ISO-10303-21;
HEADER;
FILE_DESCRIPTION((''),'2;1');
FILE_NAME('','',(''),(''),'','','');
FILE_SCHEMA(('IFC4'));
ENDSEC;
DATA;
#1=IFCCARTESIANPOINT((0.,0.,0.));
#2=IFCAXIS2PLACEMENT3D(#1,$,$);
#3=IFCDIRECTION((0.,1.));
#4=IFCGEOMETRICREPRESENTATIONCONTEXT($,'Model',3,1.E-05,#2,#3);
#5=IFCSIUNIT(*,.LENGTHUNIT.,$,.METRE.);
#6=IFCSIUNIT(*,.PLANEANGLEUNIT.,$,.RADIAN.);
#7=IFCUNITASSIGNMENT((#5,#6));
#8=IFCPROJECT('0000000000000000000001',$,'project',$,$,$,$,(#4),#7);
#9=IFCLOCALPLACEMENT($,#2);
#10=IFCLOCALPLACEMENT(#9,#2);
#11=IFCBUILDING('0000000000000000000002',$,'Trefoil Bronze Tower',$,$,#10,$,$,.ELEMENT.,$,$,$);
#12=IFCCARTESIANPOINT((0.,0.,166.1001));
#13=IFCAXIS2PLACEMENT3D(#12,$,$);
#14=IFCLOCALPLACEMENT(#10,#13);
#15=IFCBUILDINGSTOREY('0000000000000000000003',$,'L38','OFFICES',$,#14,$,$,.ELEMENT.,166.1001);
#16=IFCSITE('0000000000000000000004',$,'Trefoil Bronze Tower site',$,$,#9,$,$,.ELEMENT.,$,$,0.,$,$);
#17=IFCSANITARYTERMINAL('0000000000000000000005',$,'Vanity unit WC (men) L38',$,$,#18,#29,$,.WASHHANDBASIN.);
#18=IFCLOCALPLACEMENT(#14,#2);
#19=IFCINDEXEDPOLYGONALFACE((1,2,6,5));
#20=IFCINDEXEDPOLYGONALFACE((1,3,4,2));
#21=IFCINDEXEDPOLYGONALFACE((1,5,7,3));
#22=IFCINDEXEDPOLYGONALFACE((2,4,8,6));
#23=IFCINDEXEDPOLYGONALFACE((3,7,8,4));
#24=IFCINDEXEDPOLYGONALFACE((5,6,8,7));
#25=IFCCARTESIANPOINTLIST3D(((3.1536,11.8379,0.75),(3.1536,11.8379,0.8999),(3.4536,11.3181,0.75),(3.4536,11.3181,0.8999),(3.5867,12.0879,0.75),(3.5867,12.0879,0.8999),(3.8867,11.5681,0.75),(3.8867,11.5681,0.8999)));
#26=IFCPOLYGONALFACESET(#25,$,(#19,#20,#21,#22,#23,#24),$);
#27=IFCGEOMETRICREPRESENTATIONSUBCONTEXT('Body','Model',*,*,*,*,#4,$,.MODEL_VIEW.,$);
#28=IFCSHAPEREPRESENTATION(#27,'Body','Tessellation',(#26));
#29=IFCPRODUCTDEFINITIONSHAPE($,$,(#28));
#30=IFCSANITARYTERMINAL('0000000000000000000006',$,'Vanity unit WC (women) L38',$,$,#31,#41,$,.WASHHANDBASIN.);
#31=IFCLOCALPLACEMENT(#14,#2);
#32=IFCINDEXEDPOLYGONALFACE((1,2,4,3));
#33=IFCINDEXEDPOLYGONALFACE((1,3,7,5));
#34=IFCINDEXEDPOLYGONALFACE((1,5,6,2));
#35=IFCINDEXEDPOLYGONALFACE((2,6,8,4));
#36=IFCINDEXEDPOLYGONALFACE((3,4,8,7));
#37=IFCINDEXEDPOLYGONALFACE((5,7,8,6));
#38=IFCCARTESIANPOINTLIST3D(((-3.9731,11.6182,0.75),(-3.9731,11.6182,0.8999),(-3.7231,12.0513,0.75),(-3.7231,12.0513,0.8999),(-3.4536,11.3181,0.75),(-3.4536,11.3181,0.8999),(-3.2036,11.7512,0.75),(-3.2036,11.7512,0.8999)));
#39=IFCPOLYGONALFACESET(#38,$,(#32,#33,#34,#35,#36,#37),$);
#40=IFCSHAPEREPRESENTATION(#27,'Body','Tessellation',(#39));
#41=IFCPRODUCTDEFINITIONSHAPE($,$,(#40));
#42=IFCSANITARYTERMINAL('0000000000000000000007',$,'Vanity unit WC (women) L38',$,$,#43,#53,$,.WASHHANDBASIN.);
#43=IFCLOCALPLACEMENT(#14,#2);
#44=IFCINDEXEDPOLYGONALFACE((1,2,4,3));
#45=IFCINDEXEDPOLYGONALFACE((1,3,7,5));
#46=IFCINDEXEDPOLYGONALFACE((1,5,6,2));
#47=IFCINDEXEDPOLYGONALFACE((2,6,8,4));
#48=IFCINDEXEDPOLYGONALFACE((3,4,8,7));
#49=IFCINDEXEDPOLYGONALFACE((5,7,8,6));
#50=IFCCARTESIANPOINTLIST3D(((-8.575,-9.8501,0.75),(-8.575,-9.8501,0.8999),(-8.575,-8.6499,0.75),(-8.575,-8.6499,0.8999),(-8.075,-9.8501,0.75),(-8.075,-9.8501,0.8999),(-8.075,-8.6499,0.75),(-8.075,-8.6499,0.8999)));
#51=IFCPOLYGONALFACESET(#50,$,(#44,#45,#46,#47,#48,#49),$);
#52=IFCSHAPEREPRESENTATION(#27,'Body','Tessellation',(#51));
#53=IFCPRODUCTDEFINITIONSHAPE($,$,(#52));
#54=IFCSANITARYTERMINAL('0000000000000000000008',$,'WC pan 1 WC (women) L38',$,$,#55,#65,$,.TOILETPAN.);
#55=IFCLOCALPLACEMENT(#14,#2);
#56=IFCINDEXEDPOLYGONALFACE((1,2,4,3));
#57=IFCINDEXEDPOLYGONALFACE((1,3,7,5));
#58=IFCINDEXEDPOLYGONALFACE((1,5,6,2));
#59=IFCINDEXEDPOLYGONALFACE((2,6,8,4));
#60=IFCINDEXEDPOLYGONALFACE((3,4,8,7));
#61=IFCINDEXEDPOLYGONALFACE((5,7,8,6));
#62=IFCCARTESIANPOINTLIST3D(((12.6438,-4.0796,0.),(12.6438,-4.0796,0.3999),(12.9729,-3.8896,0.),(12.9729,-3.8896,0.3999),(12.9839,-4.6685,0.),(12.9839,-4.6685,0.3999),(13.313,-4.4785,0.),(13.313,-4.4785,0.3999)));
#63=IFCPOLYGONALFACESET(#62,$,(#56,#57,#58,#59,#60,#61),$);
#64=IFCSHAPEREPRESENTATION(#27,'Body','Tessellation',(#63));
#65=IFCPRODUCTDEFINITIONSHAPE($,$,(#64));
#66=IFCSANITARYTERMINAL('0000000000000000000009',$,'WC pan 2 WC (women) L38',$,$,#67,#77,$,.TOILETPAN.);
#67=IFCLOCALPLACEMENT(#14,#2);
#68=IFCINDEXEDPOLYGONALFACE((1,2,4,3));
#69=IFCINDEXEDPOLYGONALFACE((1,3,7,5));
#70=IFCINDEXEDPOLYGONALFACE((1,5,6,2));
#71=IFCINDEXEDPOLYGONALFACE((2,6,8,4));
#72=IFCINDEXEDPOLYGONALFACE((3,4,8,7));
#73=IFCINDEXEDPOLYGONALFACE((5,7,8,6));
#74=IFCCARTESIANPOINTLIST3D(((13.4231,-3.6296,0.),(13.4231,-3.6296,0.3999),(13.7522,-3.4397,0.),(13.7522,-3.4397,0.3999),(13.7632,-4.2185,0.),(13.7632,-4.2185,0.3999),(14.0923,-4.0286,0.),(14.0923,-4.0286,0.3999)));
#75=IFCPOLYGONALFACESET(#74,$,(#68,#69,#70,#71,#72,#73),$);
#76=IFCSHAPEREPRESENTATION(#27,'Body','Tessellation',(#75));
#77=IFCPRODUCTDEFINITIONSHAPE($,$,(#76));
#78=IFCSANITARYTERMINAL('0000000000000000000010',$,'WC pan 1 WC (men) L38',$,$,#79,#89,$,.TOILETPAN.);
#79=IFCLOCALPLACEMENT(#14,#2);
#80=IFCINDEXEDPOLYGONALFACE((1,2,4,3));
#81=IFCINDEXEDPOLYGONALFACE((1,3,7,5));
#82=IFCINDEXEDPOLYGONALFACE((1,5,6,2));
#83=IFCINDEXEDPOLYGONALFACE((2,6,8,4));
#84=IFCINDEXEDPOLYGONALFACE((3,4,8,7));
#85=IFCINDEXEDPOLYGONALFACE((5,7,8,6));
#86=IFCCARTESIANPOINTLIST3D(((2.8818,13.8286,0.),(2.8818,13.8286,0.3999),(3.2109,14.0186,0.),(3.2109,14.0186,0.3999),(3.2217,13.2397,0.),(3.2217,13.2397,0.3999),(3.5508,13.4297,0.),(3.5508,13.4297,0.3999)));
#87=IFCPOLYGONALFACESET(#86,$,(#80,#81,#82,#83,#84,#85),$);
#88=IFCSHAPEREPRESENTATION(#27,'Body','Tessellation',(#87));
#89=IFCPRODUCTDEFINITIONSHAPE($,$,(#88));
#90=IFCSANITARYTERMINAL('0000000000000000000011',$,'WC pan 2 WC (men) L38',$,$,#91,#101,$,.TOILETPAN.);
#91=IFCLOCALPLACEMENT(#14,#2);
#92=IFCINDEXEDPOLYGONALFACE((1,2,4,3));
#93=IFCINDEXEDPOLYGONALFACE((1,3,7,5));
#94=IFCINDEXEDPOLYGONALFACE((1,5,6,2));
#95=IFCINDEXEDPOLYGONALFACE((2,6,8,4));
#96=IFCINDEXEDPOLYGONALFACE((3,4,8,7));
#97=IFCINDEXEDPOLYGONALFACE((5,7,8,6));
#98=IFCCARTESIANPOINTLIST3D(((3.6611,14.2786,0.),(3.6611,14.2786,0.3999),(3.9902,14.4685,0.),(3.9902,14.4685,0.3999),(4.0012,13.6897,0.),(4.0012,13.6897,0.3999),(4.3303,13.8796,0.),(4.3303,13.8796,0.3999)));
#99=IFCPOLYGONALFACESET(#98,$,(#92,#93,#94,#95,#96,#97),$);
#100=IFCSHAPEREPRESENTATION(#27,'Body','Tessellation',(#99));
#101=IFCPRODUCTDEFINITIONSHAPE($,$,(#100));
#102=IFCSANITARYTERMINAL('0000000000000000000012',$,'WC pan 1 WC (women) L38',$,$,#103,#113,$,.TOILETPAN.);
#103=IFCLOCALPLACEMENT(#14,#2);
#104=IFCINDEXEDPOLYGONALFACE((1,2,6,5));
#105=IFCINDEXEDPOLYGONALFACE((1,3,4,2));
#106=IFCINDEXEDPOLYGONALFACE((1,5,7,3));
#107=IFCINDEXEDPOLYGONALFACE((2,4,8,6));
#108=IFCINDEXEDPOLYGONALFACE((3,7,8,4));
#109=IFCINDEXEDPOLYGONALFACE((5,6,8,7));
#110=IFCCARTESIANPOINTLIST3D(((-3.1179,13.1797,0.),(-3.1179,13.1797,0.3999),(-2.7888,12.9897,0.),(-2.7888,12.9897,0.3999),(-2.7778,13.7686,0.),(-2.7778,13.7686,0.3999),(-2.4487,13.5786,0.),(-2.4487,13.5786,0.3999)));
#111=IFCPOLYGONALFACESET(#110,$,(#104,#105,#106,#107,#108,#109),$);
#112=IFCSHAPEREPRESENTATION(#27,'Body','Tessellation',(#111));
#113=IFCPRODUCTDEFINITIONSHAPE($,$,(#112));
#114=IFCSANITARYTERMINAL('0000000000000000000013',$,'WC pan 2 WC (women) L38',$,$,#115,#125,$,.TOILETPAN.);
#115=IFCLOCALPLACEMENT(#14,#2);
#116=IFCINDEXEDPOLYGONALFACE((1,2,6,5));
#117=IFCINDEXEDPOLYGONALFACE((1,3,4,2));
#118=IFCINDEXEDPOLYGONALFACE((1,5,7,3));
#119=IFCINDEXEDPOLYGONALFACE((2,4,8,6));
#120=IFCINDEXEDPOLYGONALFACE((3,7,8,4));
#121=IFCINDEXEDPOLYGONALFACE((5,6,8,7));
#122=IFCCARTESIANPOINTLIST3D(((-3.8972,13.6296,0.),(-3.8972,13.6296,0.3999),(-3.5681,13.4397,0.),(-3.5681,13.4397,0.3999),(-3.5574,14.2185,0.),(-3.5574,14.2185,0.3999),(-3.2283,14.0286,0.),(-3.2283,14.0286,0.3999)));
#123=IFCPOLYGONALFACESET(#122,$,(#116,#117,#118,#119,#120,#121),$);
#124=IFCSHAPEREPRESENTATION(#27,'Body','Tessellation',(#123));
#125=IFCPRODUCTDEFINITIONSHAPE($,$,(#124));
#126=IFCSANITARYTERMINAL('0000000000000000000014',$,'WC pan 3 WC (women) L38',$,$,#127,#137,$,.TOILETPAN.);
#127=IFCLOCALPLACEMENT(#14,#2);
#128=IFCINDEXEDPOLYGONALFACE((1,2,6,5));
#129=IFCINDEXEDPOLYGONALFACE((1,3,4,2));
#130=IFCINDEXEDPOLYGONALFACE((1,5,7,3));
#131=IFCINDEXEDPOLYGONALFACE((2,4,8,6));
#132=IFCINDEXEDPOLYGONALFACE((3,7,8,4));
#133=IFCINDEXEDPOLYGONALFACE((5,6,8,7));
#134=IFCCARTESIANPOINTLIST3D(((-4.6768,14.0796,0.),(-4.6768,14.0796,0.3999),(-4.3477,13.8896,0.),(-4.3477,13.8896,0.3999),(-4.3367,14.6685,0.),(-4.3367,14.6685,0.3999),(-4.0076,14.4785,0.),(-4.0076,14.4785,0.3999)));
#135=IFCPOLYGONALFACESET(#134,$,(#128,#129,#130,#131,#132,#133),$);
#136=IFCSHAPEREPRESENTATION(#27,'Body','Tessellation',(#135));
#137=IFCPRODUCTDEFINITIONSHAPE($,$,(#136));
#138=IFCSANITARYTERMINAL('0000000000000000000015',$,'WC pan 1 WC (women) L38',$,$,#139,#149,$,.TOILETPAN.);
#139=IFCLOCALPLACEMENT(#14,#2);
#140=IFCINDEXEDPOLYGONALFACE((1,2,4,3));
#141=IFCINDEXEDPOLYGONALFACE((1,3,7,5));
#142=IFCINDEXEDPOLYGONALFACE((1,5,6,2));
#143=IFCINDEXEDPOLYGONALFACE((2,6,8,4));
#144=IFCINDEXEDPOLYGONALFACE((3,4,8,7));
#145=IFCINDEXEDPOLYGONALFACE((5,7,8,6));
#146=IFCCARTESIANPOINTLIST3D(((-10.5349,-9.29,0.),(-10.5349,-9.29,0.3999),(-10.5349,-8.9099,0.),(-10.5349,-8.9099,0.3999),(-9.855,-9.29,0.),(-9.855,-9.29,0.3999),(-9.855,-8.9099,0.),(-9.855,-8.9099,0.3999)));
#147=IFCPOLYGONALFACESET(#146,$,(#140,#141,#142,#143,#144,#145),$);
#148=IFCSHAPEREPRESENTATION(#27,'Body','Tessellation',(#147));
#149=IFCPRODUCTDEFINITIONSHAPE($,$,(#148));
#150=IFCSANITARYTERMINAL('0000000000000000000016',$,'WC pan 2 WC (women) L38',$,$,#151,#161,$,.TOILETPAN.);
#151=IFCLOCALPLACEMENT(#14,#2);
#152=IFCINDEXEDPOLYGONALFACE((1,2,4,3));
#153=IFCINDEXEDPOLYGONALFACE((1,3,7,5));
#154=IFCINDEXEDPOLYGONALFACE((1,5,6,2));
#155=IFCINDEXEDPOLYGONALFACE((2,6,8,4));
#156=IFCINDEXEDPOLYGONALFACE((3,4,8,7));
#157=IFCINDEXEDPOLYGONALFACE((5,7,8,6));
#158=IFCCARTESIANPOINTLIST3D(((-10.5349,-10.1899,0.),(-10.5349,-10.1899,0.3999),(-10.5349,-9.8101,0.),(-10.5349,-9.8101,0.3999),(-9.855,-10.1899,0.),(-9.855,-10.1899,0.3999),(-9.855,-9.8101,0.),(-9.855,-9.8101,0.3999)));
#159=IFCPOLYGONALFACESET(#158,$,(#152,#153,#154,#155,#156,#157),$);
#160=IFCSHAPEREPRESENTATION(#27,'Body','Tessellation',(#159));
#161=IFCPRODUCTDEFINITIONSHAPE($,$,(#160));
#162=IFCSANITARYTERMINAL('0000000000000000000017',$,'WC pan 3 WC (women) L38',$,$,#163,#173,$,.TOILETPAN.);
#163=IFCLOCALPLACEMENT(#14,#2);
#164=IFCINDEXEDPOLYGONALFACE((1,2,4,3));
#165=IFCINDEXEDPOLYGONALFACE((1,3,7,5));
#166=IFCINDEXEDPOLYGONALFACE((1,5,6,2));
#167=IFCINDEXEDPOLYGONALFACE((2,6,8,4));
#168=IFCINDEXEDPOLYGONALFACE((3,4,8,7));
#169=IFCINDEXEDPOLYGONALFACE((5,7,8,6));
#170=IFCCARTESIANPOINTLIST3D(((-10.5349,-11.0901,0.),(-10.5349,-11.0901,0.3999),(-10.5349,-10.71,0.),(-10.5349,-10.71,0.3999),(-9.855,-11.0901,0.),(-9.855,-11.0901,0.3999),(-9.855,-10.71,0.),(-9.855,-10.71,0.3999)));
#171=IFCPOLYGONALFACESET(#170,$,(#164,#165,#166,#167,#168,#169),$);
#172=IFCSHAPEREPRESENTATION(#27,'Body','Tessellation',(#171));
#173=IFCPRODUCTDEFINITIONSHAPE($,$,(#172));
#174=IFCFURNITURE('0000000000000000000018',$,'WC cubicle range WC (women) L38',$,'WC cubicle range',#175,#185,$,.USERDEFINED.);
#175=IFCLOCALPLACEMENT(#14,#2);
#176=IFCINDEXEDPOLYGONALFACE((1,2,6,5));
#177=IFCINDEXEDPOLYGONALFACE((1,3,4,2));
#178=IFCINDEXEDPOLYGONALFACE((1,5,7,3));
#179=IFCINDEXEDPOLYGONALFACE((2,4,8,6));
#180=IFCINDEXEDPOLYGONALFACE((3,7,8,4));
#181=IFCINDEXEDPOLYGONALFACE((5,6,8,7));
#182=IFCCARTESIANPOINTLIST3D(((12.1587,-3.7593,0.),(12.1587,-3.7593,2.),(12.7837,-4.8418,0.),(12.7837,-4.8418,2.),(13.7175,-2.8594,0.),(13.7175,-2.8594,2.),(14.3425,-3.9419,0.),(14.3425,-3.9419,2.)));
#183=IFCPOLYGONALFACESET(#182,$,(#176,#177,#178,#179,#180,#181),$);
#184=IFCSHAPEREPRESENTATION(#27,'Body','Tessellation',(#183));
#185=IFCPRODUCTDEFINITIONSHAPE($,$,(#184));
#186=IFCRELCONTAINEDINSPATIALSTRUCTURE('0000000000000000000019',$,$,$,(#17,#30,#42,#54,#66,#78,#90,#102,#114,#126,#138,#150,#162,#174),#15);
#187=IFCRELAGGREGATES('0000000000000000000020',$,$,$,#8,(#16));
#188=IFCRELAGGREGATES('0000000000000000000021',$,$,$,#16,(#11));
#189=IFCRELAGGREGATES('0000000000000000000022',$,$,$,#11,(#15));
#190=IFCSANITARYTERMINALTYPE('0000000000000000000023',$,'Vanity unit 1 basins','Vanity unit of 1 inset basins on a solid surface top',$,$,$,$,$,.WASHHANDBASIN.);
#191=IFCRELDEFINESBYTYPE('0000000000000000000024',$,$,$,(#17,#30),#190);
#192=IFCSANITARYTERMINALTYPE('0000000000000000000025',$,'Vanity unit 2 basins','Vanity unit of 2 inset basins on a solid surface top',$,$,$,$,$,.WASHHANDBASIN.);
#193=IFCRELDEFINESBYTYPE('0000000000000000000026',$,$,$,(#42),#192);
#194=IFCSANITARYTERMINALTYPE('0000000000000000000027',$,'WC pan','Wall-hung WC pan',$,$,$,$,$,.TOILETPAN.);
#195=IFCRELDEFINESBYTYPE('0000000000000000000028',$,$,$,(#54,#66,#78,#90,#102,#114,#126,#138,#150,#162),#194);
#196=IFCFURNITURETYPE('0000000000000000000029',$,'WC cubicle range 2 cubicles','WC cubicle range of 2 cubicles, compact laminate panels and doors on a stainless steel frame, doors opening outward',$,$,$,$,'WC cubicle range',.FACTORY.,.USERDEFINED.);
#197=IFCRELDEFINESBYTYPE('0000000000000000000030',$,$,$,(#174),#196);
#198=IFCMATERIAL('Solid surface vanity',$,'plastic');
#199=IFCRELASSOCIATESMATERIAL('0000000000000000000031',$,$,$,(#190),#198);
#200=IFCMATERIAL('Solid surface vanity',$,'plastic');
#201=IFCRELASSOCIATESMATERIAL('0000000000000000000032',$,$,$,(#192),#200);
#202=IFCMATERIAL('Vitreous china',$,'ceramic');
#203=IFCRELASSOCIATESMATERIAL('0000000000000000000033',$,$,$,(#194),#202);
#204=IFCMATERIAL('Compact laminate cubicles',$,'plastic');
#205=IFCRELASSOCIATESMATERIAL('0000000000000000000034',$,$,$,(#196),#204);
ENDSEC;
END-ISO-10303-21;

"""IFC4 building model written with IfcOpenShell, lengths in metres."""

from ifc_helpers import new_model, si_unit, direction, frame, origin, place, context, subcontext, project, spatial, polyline, outline, extrude, material, type_object, element, save


model = new_model("IFC4")

# Units and contexts
model_context = context("Model", 3, precision=1e-05, world=origin(), true_north=direction((0.0, 1.0)))
body_context = subcontext(model_context, "Body", "Model", "MODEL_VIEW")
ifc_project = project(units=[si_unit("LENGTHUNIT", "METRE"), si_unit("PLANEANGLEUNIT", "RADIAN")], contexts=[model_context])

# Site, building, storey
site_placement = place(None, origin())
site = spatial("IfcSite", under=ifc_project, at=site_placement, Name="Trefoil Bronze Tower site", CompositionType="ELEMENT", RefElevation=0.0)
building_placement = place(site_placement, origin())
building = spatial("IfcBuilding", under=site, at=building_placement, Name="Trefoil Bronze Tower", CompositionType="ELEMENT")
storey_placement = place(building_placement, frame((0.0, 0.0, 166.1001)))
storey = spatial("IfcBuildingStorey", under=building, at=storey_placement, Name="L38", Description="OFFICES", CompositionType="ELEMENT", Elevation=166.1001)

# Sanitary terminals
ifc_material_1 = material(Name="Solid surface vanity", Category="plastic")
sanitary_terminal_type_1 = type_object("IfcSanitaryTerminalType", Name="Vanity unit 1 basins", Description="Vanity unit of 1 inset basins on a solid surface top", PredefinedType="WASHHANDBASIN", material=ifc_material_1)
sanitary_terminal_1_placement = place(storey_placement, frame((0.0, 0.0, 0.75)))
element("IfcSanitaryTerminal", 1, at=sanitary_terminal_1_placement, inside=storey, type_object=sanitary_terminal_type_1, Name="Vanity unit WC (men) L38", PredefinedType="WASHHANDBASIN", context=body_context, shape_type="SweptSolid", body=[
    extrude(outline(polyline([(3.4536, 11.3181), (3.1536, 11.8379), (3.5867, 12.0879), (3.8867, 11.5681), (3.4536, 11.3181)])), origin(), (0.0, 0.0, 1.0), 0.1499),
])
sanitary_terminal_2_placement = place(storey_placement, frame((0.0, 0.0, 0.75)))
element("IfcSanitaryTerminal", 2, at=sanitary_terminal_2_placement, inside=storey, type_object=sanitary_terminal_type_1, Name="Vanity unit WC (women) L38", PredefinedType="WASHHANDBASIN", context=body_context, shape_type="SweptSolid", body=[
    extrude(outline(polyline([(-3.4536, 11.3181), (-3.2036, 11.7512), (-3.7231, 12.0513), (-3.9731, 11.6182), (-3.4536, 11.3181)])), origin(), (0.0, 0.0, 1.0), 0.1499),
])
ifc_material_2 = material(Name="Solid surface vanity", Category="plastic")
sanitary_terminal_type_2 = type_object("IfcSanitaryTerminalType", Name="Vanity unit 2 basins", Description="Vanity unit of 2 inset basins on a solid surface top", PredefinedType="WASHHANDBASIN", material=ifc_material_2)
sanitary_terminal_3_placement = place(storey_placement, frame((0.0, 0.0, 0.75)))
element("IfcSanitaryTerminal", 3, at=sanitary_terminal_3_placement, inside=storey, type_object=sanitary_terminal_type_2, Name="Vanity unit WC (women) L38", PredefinedType="WASHHANDBASIN", context=body_context, shape_type="SweptSolid", body=[
    extrude(outline(polyline([(-8.075, -8.6499), (-8.575, -8.6499), (-8.575, -9.8501), (-8.075, -9.8501), (-8.075, -8.6499)])), origin(), (0.0, 0.0, 1.0), 0.1499),
])
ifc_material_3 = material(Name="Vitreous china", Category="ceramic")
sanitary_terminal_type_3 = type_object("IfcSanitaryTerminalType", Name="WC pan", Description="Wall-hung WC pan", PredefinedType="TOILETPAN", material=ifc_material_3)
sanitary_terminal_4_placement = place(storey_placement, origin())
element("IfcSanitaryTerminal", 4, at=sanitary_terminal_4_placement, inside=storey, type_object=sanitary_terminal_type_3, Name="WC pan 1 WC (women) L38", PredefinedType="TOILETPAN", context=body_context, shape_type="SweptSolid", body=[
    extrude(outline(polyline([(12.6438, -4.0796), (12.9839, -4.6685), (13.313, -4.4785), (12.9729, -3.8896), (12.6438, -4.0796)])), origin(), (0.0, 0.0, 1.0), 0.3999),
])
sanitary_terminal_5_placement = place(storey_placement, origin())
element("IfcSanitaryTerminal", 5, at=sanitary_terminal_5_placement, inside=storey, type_object=sanitary_terminal_type_3, Name="WC pan 2 WC (women) L38", PredefinedType="TOILETPAN", context=body_context, shape_type="SweptSolid", body=[
    extrude(outline(polyline([(13.4231, -3.6296), (13.7632, -4.2185), (14.0923, -4.0286), (13.7522, -3.4397), (13.4231, -3.6296)])), origin(), (0.0, 0.0, 1.0), 0.3999),
])
sanitary_terminal_6_placement = place(storey_placement, origin())
element("IfcSanitaryTerminal", 6, at=sanitary_terminal_6_placement, inside=storey, type_object=sanitary_terminal_type_3, Name="WC pan 1 WC (men) L38", PredefinedType="TOILETPAN", context=body_context, shape_type="SweptSolid", body=[
    extrude(outline(polyline([(3.2217, 13.2397), (2.8818, 13.8286), (3.2109, 14.0186), (3.5508, 13.4297), (3.2217, 13.2397)])), origin(), (0.0, 0.0, 1.0), 0.3999),
])
sanitary_terminal_7_placement = place(storey_placement, origin())
element("IfcSanitaryTerminal", 7, at=sanitary_terminal_7_placement, inside=storey, type_object=sanitary_terminal_type_3, Name="WC pan 2 WC (men) L38", PredefinedType="TOILETPAN", context=body_context, shape_type="SweptSolid", body=[
    extrude(outline(polyline([(4.0012, 13.6897), (3.6611, 14.2786), (3.9902, 14.4685), (4.3303, 13.8796), (4.0012, 13.6897)])), origin(), (0.0, 0.0, 1.0), 0.3999),
])
sanitary_terminal_8_placement = place(storey_placement, origin())
element("IfcSanitaryTerminal", 8, at=sanitary_terminal_8_placement, inside=storey, type_object=sanitary_terminal_type_3, Name="WC pan 1 WC (women) L38", PredefinedType="TOILETPAN", context=body_context, shape_type="SweptSolid", body=[
    extrude(outline(polyline([(-2.7888, 12.9897), (-2.4487, 13.5786), (-2.7778, 13.7686), (-3.1179, 13.1797), (-2.7888, 12.9897)])), origin(), (0.0, 0.0, 1.0), 0.3999),
])
sanitary_terminal_9_placement = place(storey_placement, origin())
element("IfcSanitaryTerminal", 9, at=sanitary_terminal_9_placement, inside=storey, type_object=sanitary_terminal_type_3, Name="WC pan 2 WC (women) L38", PredefinedType="TOILETPAN", context=body_context, shape_type="SweptSolid", body=[
    extrude(outline(polyline([(-3.5681, 13.4397), (-3.2283, 14.0286), (-3.5574, 14.2185), (-3.8972, 13.6296), (-3.5681, 13.4397)])), origin(), (0.0, 0.0, 1.0), 0.3999),
])
sanitary_terminal_10_placement = place(storey_placement, origin())
element("IfcSanitaryTerminal", 10, at=sanitary_terminal_10_placement, inside=storey, type_object=sanitary_terminal_type_3, Name="WC pan 3 WC (women) L38", PredefinedType="TOILETPAN", context=body_context, shape_type="SweptSolid", body=[
    extrude(outline(polyline([(-4.3477, 13.8896), (-4.0076, 14.4785), (-4.3367, 14.6685), (-4.6768, 14.0796), (-4.3477, 13.8896)])), origin(), (0.0, 0.0, 1.0), 0.3999),
])
sanitary_terminal_11_placement = place(storey_placement, origin())
element("IfcSanitaryTerminal", 11, at=sanitary_terminal_11_placement, inside=storey, type_object=sanitary_terminal_type_3, Name="WC pan 1 WC (women) L38", PredefinedType="TOILETPAN", context=body_context, shape_type="SweptSolid", body=[
    extrude(outline(polyline([(-9.855, -8.9099), (-10.5349, -8.9099), (-10.5349, -9.29), (-9.855, -9.29), (-9.855, -8.9099)])), origin(), (0.0, 0.0, 1.0), 0.3999),
])
sanitary_terminal_12_placement = place(storey_placement, origin())
element("IfcSanitaryTerminal", 12, at=sanitary_terminal_12_placement, inside=storey, type_object=sanitary_terminal_type_3, Name="WC pan 2 WC (women) L38", PredefinedType="TOILETPAN", context=body_context, shape_type="SweptSolid", body=[
    extrude(outline(polyline([(-9.855, -9.8101), (-10.5349, -9.8101), (-10.5349, -10.1899), (-9.855, -10.1899), (-9.855, -9.8101)])), origin(), (0.0, 0.0, 1.0), 0.3999),
])
sanitary_terminal_13_placement = place(storey_placement, origin())
element("IfcSanitaryTerminal", 13, at=sanitary_terminal_13_placement, inside=storey, type_object=sanitary_terminal_type_3, Name="WC pan 3 WC (women) L38", PredefinedType="TOILETPAN", context=body_context, shape_type="SweptSolid", body=[
    extrude(outline(polyline([(-9.855, -10.71), (-10.5349, -10.71), (-10.5349, -11.0901), (-9.855, -11.0901), (-9.855, -10.71)])), origin(), (0.0, 0.0, 1.0), 0.3999),
])

# Furniture
ifc_material_4 = material(Name="Compact laminate cubicles", Category="plastic")
furniture_type_1 = type_object("IfcFurnitureType", Name="WC cubicle range 2 cubicles", Description="WC cubicle range of 2 cubicles, compact laminate panels and doors on a stainless steel frame, doors opening outward", ElementType="WC cubicle range", AssemblyPlace="FACTORY", PredefinedType="USERDEFINED", material=ifc_material_4)
furniture_1_placement = place(storey_placement, origin())
element("IfcFurniture", 14, at=furniture_1_placement, inside=storey, type_object=furniture_type_1, Name="WC cubicle range WC (women) L38", ObjectType="WC cubicle range", PredefinedType="USERDEFINED", context=body_context, shape_type="SweptSolid", body=[
    extrude(outline(polyline([(12.1587, -3.7593), (12.7837, -4.8418), (14.3425, -3.9419), (13.7175, -2.8594), (12.1587, -3.7593)])), origin(), (0.0, 0.0, 1.0), 2.0),
])

save(model, "model.ifc")
